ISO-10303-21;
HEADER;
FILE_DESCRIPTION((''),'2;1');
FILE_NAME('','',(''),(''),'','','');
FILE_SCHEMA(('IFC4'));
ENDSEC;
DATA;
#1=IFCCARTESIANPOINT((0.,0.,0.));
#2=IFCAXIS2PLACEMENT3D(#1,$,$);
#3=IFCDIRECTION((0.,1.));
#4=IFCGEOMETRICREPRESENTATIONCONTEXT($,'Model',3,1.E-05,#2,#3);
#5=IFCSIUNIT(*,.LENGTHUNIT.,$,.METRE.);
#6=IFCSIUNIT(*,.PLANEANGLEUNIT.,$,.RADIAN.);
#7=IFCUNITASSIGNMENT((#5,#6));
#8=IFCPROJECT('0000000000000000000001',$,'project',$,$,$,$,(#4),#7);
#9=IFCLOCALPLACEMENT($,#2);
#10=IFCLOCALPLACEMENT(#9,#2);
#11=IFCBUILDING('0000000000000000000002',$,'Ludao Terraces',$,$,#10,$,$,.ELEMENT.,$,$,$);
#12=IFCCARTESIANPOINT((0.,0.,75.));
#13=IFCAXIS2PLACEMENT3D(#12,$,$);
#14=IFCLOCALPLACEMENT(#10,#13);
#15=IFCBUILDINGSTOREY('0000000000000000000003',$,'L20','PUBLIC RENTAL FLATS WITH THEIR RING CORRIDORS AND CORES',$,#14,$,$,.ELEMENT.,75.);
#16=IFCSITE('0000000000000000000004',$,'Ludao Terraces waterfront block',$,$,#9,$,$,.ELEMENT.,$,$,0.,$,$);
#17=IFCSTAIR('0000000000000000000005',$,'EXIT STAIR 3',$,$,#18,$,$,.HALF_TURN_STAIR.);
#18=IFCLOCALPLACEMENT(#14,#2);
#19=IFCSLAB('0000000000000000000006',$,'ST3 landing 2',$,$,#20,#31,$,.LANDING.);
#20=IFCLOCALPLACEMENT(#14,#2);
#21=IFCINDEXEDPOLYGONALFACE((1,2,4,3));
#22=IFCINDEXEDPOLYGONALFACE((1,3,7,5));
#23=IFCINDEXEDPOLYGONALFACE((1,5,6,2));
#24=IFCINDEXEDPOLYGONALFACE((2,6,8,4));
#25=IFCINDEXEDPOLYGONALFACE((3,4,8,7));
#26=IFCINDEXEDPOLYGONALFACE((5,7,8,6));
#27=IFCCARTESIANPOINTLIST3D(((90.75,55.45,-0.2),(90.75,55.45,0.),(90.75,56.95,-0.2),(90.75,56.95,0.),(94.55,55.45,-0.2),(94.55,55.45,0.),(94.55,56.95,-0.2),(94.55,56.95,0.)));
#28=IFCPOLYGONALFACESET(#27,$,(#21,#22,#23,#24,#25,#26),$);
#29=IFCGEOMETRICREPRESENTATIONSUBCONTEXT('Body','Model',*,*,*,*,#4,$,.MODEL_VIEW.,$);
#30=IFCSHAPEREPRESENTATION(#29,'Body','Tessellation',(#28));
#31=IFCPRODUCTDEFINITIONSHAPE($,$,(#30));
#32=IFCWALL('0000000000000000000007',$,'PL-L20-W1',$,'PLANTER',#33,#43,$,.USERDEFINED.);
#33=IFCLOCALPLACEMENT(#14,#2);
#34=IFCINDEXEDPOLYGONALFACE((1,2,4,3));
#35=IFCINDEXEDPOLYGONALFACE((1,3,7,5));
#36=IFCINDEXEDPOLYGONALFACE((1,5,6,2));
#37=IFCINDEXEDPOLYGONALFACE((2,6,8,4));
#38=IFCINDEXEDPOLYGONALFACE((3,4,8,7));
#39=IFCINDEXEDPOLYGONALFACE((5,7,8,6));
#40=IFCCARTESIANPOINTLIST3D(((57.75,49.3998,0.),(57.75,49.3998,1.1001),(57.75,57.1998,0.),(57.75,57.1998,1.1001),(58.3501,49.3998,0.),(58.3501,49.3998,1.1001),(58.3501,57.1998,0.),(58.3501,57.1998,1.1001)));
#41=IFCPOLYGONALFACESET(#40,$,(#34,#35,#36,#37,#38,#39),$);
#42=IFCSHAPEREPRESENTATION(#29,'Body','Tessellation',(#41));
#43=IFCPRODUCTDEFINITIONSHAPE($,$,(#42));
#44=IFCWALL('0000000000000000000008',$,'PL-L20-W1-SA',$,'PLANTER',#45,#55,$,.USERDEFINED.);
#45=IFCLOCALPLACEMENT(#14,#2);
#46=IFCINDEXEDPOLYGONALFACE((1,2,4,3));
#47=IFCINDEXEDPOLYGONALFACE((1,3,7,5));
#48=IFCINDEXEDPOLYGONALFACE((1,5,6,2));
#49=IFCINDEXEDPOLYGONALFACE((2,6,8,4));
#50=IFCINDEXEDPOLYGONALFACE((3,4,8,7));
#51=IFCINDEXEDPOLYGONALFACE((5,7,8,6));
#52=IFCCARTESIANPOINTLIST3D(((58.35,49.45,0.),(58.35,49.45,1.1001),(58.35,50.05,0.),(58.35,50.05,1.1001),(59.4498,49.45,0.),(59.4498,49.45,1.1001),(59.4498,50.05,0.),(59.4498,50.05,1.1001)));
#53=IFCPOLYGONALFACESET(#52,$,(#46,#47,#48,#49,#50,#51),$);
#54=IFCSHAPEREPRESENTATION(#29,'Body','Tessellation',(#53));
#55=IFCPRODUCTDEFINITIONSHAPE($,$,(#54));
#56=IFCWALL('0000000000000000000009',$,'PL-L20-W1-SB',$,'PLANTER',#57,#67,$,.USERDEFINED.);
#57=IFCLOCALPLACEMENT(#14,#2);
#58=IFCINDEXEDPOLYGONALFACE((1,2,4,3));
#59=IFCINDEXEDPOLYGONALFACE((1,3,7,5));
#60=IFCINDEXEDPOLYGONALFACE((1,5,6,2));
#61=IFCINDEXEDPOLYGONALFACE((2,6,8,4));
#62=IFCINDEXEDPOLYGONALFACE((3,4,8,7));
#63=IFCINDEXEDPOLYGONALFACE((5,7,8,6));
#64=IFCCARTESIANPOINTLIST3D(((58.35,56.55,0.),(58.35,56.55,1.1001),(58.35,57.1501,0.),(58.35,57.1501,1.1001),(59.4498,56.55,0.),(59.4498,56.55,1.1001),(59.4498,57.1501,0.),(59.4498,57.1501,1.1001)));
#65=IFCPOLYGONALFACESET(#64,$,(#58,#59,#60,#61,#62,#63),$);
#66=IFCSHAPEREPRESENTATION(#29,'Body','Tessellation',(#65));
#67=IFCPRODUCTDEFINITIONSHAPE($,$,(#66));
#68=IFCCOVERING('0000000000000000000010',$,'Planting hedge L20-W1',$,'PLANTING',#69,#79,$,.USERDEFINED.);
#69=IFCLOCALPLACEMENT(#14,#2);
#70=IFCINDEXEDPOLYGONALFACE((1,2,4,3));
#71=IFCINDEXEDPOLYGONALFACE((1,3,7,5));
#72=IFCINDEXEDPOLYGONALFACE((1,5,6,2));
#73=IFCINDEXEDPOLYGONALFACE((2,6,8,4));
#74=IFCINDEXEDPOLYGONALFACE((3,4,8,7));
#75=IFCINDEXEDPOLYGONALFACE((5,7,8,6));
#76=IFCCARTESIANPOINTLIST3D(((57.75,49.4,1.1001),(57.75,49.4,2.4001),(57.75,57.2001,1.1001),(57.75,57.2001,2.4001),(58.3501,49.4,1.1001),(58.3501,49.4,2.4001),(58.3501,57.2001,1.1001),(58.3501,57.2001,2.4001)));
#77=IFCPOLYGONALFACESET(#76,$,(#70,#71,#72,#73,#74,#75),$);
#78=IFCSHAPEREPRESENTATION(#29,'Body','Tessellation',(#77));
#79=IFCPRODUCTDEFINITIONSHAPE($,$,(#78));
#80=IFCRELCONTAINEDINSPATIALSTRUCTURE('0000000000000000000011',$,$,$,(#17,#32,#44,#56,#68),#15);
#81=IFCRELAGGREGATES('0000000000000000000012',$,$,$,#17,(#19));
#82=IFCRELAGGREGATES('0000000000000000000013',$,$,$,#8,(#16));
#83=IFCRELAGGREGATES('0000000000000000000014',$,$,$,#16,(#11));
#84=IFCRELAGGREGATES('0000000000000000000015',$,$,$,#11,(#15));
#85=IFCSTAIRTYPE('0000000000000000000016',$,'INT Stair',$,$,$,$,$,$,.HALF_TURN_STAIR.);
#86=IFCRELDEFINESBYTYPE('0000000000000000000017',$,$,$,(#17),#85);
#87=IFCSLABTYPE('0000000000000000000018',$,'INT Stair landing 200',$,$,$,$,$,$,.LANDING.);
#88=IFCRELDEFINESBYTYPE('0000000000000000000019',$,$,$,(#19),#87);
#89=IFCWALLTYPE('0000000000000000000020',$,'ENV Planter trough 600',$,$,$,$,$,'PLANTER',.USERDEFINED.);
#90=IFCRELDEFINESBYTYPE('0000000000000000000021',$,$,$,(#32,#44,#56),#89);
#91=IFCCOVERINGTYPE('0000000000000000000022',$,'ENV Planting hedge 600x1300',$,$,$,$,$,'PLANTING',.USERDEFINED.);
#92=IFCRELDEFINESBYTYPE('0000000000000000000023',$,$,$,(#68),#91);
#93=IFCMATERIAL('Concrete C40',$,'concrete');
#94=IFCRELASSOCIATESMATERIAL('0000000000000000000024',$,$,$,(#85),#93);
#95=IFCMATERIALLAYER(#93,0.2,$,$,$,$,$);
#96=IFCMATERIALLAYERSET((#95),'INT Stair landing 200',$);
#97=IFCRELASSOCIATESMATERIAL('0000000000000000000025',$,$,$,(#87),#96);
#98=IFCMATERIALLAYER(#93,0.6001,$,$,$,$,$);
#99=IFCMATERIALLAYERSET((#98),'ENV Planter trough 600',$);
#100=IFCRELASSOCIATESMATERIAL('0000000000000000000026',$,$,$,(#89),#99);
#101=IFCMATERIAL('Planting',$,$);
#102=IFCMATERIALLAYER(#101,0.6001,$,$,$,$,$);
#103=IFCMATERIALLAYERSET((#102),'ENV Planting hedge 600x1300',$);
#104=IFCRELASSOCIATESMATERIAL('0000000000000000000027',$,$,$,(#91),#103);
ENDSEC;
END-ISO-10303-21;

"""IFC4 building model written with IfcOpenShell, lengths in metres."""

from ifc_helpers import new_model, si_unit, direction, frame, frame_2d, origin, origin_2d, place, context, subcontext, project, spatial, polyline, rectangle, outline, extrude, material, layer, layer_set, type_object, element, aggregate, save


model = new_model("IFC4")

# Units and contexts
model_context = context("Model", 3, precision=1e-05, world=origin(), true_north=direction((0.0, 1.0)))
body_context = subcontext(model_context, "Body", "Model", "MODEL_VIEW")
ifc_project = project(units=[si_unit("LENGTHUNIT", "METRE"), si_unit("PLANEANGLEUNIT", "RADIAN")], contexts=[model_context])

# Site, building, storey
site_placement = place(None, origin())
site = spatial("IfcSite", under=ifc_project, at=site_placement, Name="Ludao Terraces waterfront block", CompositionType="ELEMENT", RefElevation=0.0)
building_placement = place(site_placement, origin())
building = spatial("IfcBuilding", under=site, at=building_placement, Name="Ludao Terraces", CompositionType="ELEMENT")
storey_placement = place(building_placement, frame((0.0, 0.0, 75.0)))
storey = spatial("IfcBuildingStorey", under=building, at=storey_placement, Name="L20", Description="PUBLIC RENTAL FLATS WITH THEIR RING CORRIDORS AND CORES", CompositionType="ELEMENT", Elevation=75.0)

# Shared definitions
ifc_material_1 = material(Name="Concrete C40", Category="concrete")

# Stair, slab
stair_type = type_object("IfcStairType", Name="INT Stair", PredefinedType="HALF_TURN_STAIR", material=ifc_material_1)
ifc_layer_1 = layer(ifc_material_1, 0.2)
ifc_layer_set_1 = layer_set([ifc_layer_1], Name="INT Stair landing 200")
slab_type_1 = type_object("IfcSlabType", Name="INT Stair landing 200", PredefinedType="LANDING", material=ifc_layer_set_1)
stair_1_placement = place(storey_placement, origin())
stair_1 = element("IfcStair", 1, at=stair_1_placement, inside=storey, type_object=stair_type, Name="EXIT STAIR 3", PredefinedType="HALF_TURN_STAIR")
slab_1_placement = place(storey_placement, frame((0.0, 0.0, -0.2)))
slab_1 = element("IfcSlab", 2, at=slab_1_placement, type_object=slab_type_1, Name="ST3 landing 2", PredefinedType="LANDING", context=body_context, shape_type="SweptSolid", body=[
    extrude(outline(polyline([(90.75, 55.45), (94.55, 55.45), (94.55, 56.95), (90.75, 56.95), (90.75, 55.45)])), origin(), (0.0, 0.0, 1.0), 0.2),
])
aggregate(stair_1, [slab_1])

# Walls
ifc_layer_2 = layer(ifc_material_1, 0.6001)
ifc_layer_set_2 = layer_set([ifc_layer_2], Name="ENV Planter trough 600")
wall_type = type_object("IfcWallType", Name="ENV Planter trough 600", ElementType="PLANTER", PredefinedType="USERDEFINED", material=ifc_layer_set_2)
wall_placement = place(storey_placement, frame((58.05, 49.3999, 0.0), z_axis=(0.0, 0.0, 1.0), x_axis=(0.0, 1.0, 0.0)))
element("IfcWall", 3, at=wall_placement, inside=storey, type_object=wall_type, Name="PL-L20-W1", ObjectType="PLANTER", PredefinedType="USERDEFINED", context=body_context, shape_type="SweptSolid", body=[
    extrude(rectangle(XDim=7.8, YDim=0.6001, at=frame_2d((3.8999, 0.0))), origin(), (0.0, 0.0, 1.0), 1.1001),
])
for number, where, z_axis, x_axis, name in (
    (4, (58.3501, 49.75, 0.0), (0.0, 0.0, 1.0), (1.0, 0.0, 0.0), "PL-L20-W1-SA"),
    (5, (58.3501, 56.8501, 0.0), (0.0, 0.0, 1.0), (1.0, 0.0, 0.0), "PL-L20-W1-SB"),
):
    element("IfcWall", number, at=place(storey_placement, frame(where, z_axis=z_axis, x_axis=x_axis)), inside=storey, type_object=wall_type, Name=name, ObjectType="PLANTER", PredefinedType="USERDEFINED", context=body_context, shape_type="SweptSolid", body=[
        extrude(rectangle(XDim=1.0999, YDim=0.6001, at=frame_2d((0.5498, 0.0))), origin(), (0.0, 0.0, 1.0), 1.1001),
    ])

# Covering
ifc_material_2 = material(Name="Planting")
ifc_layer_3 = layer(ifc_material_2, 0.6001)
ifc_layer_set_3 = layer_set([ifc_layer_3], Name="ENV Planting hedge 600x1300")
covering_type = type_object("IfcCoveringType", Name="ENV Planting hedge 600x1300", ElementType="PLANTING", PredefinedType="USERDEFINED", material=ifc_layer_set_3)
covering_placement = place(storey_placement, frame((58.05, 53.3, 1.1001), z_axis=(0.0, 0.0, 1.0), x_axis=(1.0, 0.0, 0.0)))
element("IfcCovering", 6, at=covering_placement, inside=storey, type_object=covering_type, Name="Planting hedge L20-W1", ObjectType="PLANTING", PredefinedType="USERDEFINED", context=body_context, shape_type="SweptSolid", body=[
    extrude(rectangle(XDim=0.6001, YDim=7.8, at=origin_2d()), origin(), (0.0, 0.0, 1.0), 1.3),
])

save(model, "model.ifc")
